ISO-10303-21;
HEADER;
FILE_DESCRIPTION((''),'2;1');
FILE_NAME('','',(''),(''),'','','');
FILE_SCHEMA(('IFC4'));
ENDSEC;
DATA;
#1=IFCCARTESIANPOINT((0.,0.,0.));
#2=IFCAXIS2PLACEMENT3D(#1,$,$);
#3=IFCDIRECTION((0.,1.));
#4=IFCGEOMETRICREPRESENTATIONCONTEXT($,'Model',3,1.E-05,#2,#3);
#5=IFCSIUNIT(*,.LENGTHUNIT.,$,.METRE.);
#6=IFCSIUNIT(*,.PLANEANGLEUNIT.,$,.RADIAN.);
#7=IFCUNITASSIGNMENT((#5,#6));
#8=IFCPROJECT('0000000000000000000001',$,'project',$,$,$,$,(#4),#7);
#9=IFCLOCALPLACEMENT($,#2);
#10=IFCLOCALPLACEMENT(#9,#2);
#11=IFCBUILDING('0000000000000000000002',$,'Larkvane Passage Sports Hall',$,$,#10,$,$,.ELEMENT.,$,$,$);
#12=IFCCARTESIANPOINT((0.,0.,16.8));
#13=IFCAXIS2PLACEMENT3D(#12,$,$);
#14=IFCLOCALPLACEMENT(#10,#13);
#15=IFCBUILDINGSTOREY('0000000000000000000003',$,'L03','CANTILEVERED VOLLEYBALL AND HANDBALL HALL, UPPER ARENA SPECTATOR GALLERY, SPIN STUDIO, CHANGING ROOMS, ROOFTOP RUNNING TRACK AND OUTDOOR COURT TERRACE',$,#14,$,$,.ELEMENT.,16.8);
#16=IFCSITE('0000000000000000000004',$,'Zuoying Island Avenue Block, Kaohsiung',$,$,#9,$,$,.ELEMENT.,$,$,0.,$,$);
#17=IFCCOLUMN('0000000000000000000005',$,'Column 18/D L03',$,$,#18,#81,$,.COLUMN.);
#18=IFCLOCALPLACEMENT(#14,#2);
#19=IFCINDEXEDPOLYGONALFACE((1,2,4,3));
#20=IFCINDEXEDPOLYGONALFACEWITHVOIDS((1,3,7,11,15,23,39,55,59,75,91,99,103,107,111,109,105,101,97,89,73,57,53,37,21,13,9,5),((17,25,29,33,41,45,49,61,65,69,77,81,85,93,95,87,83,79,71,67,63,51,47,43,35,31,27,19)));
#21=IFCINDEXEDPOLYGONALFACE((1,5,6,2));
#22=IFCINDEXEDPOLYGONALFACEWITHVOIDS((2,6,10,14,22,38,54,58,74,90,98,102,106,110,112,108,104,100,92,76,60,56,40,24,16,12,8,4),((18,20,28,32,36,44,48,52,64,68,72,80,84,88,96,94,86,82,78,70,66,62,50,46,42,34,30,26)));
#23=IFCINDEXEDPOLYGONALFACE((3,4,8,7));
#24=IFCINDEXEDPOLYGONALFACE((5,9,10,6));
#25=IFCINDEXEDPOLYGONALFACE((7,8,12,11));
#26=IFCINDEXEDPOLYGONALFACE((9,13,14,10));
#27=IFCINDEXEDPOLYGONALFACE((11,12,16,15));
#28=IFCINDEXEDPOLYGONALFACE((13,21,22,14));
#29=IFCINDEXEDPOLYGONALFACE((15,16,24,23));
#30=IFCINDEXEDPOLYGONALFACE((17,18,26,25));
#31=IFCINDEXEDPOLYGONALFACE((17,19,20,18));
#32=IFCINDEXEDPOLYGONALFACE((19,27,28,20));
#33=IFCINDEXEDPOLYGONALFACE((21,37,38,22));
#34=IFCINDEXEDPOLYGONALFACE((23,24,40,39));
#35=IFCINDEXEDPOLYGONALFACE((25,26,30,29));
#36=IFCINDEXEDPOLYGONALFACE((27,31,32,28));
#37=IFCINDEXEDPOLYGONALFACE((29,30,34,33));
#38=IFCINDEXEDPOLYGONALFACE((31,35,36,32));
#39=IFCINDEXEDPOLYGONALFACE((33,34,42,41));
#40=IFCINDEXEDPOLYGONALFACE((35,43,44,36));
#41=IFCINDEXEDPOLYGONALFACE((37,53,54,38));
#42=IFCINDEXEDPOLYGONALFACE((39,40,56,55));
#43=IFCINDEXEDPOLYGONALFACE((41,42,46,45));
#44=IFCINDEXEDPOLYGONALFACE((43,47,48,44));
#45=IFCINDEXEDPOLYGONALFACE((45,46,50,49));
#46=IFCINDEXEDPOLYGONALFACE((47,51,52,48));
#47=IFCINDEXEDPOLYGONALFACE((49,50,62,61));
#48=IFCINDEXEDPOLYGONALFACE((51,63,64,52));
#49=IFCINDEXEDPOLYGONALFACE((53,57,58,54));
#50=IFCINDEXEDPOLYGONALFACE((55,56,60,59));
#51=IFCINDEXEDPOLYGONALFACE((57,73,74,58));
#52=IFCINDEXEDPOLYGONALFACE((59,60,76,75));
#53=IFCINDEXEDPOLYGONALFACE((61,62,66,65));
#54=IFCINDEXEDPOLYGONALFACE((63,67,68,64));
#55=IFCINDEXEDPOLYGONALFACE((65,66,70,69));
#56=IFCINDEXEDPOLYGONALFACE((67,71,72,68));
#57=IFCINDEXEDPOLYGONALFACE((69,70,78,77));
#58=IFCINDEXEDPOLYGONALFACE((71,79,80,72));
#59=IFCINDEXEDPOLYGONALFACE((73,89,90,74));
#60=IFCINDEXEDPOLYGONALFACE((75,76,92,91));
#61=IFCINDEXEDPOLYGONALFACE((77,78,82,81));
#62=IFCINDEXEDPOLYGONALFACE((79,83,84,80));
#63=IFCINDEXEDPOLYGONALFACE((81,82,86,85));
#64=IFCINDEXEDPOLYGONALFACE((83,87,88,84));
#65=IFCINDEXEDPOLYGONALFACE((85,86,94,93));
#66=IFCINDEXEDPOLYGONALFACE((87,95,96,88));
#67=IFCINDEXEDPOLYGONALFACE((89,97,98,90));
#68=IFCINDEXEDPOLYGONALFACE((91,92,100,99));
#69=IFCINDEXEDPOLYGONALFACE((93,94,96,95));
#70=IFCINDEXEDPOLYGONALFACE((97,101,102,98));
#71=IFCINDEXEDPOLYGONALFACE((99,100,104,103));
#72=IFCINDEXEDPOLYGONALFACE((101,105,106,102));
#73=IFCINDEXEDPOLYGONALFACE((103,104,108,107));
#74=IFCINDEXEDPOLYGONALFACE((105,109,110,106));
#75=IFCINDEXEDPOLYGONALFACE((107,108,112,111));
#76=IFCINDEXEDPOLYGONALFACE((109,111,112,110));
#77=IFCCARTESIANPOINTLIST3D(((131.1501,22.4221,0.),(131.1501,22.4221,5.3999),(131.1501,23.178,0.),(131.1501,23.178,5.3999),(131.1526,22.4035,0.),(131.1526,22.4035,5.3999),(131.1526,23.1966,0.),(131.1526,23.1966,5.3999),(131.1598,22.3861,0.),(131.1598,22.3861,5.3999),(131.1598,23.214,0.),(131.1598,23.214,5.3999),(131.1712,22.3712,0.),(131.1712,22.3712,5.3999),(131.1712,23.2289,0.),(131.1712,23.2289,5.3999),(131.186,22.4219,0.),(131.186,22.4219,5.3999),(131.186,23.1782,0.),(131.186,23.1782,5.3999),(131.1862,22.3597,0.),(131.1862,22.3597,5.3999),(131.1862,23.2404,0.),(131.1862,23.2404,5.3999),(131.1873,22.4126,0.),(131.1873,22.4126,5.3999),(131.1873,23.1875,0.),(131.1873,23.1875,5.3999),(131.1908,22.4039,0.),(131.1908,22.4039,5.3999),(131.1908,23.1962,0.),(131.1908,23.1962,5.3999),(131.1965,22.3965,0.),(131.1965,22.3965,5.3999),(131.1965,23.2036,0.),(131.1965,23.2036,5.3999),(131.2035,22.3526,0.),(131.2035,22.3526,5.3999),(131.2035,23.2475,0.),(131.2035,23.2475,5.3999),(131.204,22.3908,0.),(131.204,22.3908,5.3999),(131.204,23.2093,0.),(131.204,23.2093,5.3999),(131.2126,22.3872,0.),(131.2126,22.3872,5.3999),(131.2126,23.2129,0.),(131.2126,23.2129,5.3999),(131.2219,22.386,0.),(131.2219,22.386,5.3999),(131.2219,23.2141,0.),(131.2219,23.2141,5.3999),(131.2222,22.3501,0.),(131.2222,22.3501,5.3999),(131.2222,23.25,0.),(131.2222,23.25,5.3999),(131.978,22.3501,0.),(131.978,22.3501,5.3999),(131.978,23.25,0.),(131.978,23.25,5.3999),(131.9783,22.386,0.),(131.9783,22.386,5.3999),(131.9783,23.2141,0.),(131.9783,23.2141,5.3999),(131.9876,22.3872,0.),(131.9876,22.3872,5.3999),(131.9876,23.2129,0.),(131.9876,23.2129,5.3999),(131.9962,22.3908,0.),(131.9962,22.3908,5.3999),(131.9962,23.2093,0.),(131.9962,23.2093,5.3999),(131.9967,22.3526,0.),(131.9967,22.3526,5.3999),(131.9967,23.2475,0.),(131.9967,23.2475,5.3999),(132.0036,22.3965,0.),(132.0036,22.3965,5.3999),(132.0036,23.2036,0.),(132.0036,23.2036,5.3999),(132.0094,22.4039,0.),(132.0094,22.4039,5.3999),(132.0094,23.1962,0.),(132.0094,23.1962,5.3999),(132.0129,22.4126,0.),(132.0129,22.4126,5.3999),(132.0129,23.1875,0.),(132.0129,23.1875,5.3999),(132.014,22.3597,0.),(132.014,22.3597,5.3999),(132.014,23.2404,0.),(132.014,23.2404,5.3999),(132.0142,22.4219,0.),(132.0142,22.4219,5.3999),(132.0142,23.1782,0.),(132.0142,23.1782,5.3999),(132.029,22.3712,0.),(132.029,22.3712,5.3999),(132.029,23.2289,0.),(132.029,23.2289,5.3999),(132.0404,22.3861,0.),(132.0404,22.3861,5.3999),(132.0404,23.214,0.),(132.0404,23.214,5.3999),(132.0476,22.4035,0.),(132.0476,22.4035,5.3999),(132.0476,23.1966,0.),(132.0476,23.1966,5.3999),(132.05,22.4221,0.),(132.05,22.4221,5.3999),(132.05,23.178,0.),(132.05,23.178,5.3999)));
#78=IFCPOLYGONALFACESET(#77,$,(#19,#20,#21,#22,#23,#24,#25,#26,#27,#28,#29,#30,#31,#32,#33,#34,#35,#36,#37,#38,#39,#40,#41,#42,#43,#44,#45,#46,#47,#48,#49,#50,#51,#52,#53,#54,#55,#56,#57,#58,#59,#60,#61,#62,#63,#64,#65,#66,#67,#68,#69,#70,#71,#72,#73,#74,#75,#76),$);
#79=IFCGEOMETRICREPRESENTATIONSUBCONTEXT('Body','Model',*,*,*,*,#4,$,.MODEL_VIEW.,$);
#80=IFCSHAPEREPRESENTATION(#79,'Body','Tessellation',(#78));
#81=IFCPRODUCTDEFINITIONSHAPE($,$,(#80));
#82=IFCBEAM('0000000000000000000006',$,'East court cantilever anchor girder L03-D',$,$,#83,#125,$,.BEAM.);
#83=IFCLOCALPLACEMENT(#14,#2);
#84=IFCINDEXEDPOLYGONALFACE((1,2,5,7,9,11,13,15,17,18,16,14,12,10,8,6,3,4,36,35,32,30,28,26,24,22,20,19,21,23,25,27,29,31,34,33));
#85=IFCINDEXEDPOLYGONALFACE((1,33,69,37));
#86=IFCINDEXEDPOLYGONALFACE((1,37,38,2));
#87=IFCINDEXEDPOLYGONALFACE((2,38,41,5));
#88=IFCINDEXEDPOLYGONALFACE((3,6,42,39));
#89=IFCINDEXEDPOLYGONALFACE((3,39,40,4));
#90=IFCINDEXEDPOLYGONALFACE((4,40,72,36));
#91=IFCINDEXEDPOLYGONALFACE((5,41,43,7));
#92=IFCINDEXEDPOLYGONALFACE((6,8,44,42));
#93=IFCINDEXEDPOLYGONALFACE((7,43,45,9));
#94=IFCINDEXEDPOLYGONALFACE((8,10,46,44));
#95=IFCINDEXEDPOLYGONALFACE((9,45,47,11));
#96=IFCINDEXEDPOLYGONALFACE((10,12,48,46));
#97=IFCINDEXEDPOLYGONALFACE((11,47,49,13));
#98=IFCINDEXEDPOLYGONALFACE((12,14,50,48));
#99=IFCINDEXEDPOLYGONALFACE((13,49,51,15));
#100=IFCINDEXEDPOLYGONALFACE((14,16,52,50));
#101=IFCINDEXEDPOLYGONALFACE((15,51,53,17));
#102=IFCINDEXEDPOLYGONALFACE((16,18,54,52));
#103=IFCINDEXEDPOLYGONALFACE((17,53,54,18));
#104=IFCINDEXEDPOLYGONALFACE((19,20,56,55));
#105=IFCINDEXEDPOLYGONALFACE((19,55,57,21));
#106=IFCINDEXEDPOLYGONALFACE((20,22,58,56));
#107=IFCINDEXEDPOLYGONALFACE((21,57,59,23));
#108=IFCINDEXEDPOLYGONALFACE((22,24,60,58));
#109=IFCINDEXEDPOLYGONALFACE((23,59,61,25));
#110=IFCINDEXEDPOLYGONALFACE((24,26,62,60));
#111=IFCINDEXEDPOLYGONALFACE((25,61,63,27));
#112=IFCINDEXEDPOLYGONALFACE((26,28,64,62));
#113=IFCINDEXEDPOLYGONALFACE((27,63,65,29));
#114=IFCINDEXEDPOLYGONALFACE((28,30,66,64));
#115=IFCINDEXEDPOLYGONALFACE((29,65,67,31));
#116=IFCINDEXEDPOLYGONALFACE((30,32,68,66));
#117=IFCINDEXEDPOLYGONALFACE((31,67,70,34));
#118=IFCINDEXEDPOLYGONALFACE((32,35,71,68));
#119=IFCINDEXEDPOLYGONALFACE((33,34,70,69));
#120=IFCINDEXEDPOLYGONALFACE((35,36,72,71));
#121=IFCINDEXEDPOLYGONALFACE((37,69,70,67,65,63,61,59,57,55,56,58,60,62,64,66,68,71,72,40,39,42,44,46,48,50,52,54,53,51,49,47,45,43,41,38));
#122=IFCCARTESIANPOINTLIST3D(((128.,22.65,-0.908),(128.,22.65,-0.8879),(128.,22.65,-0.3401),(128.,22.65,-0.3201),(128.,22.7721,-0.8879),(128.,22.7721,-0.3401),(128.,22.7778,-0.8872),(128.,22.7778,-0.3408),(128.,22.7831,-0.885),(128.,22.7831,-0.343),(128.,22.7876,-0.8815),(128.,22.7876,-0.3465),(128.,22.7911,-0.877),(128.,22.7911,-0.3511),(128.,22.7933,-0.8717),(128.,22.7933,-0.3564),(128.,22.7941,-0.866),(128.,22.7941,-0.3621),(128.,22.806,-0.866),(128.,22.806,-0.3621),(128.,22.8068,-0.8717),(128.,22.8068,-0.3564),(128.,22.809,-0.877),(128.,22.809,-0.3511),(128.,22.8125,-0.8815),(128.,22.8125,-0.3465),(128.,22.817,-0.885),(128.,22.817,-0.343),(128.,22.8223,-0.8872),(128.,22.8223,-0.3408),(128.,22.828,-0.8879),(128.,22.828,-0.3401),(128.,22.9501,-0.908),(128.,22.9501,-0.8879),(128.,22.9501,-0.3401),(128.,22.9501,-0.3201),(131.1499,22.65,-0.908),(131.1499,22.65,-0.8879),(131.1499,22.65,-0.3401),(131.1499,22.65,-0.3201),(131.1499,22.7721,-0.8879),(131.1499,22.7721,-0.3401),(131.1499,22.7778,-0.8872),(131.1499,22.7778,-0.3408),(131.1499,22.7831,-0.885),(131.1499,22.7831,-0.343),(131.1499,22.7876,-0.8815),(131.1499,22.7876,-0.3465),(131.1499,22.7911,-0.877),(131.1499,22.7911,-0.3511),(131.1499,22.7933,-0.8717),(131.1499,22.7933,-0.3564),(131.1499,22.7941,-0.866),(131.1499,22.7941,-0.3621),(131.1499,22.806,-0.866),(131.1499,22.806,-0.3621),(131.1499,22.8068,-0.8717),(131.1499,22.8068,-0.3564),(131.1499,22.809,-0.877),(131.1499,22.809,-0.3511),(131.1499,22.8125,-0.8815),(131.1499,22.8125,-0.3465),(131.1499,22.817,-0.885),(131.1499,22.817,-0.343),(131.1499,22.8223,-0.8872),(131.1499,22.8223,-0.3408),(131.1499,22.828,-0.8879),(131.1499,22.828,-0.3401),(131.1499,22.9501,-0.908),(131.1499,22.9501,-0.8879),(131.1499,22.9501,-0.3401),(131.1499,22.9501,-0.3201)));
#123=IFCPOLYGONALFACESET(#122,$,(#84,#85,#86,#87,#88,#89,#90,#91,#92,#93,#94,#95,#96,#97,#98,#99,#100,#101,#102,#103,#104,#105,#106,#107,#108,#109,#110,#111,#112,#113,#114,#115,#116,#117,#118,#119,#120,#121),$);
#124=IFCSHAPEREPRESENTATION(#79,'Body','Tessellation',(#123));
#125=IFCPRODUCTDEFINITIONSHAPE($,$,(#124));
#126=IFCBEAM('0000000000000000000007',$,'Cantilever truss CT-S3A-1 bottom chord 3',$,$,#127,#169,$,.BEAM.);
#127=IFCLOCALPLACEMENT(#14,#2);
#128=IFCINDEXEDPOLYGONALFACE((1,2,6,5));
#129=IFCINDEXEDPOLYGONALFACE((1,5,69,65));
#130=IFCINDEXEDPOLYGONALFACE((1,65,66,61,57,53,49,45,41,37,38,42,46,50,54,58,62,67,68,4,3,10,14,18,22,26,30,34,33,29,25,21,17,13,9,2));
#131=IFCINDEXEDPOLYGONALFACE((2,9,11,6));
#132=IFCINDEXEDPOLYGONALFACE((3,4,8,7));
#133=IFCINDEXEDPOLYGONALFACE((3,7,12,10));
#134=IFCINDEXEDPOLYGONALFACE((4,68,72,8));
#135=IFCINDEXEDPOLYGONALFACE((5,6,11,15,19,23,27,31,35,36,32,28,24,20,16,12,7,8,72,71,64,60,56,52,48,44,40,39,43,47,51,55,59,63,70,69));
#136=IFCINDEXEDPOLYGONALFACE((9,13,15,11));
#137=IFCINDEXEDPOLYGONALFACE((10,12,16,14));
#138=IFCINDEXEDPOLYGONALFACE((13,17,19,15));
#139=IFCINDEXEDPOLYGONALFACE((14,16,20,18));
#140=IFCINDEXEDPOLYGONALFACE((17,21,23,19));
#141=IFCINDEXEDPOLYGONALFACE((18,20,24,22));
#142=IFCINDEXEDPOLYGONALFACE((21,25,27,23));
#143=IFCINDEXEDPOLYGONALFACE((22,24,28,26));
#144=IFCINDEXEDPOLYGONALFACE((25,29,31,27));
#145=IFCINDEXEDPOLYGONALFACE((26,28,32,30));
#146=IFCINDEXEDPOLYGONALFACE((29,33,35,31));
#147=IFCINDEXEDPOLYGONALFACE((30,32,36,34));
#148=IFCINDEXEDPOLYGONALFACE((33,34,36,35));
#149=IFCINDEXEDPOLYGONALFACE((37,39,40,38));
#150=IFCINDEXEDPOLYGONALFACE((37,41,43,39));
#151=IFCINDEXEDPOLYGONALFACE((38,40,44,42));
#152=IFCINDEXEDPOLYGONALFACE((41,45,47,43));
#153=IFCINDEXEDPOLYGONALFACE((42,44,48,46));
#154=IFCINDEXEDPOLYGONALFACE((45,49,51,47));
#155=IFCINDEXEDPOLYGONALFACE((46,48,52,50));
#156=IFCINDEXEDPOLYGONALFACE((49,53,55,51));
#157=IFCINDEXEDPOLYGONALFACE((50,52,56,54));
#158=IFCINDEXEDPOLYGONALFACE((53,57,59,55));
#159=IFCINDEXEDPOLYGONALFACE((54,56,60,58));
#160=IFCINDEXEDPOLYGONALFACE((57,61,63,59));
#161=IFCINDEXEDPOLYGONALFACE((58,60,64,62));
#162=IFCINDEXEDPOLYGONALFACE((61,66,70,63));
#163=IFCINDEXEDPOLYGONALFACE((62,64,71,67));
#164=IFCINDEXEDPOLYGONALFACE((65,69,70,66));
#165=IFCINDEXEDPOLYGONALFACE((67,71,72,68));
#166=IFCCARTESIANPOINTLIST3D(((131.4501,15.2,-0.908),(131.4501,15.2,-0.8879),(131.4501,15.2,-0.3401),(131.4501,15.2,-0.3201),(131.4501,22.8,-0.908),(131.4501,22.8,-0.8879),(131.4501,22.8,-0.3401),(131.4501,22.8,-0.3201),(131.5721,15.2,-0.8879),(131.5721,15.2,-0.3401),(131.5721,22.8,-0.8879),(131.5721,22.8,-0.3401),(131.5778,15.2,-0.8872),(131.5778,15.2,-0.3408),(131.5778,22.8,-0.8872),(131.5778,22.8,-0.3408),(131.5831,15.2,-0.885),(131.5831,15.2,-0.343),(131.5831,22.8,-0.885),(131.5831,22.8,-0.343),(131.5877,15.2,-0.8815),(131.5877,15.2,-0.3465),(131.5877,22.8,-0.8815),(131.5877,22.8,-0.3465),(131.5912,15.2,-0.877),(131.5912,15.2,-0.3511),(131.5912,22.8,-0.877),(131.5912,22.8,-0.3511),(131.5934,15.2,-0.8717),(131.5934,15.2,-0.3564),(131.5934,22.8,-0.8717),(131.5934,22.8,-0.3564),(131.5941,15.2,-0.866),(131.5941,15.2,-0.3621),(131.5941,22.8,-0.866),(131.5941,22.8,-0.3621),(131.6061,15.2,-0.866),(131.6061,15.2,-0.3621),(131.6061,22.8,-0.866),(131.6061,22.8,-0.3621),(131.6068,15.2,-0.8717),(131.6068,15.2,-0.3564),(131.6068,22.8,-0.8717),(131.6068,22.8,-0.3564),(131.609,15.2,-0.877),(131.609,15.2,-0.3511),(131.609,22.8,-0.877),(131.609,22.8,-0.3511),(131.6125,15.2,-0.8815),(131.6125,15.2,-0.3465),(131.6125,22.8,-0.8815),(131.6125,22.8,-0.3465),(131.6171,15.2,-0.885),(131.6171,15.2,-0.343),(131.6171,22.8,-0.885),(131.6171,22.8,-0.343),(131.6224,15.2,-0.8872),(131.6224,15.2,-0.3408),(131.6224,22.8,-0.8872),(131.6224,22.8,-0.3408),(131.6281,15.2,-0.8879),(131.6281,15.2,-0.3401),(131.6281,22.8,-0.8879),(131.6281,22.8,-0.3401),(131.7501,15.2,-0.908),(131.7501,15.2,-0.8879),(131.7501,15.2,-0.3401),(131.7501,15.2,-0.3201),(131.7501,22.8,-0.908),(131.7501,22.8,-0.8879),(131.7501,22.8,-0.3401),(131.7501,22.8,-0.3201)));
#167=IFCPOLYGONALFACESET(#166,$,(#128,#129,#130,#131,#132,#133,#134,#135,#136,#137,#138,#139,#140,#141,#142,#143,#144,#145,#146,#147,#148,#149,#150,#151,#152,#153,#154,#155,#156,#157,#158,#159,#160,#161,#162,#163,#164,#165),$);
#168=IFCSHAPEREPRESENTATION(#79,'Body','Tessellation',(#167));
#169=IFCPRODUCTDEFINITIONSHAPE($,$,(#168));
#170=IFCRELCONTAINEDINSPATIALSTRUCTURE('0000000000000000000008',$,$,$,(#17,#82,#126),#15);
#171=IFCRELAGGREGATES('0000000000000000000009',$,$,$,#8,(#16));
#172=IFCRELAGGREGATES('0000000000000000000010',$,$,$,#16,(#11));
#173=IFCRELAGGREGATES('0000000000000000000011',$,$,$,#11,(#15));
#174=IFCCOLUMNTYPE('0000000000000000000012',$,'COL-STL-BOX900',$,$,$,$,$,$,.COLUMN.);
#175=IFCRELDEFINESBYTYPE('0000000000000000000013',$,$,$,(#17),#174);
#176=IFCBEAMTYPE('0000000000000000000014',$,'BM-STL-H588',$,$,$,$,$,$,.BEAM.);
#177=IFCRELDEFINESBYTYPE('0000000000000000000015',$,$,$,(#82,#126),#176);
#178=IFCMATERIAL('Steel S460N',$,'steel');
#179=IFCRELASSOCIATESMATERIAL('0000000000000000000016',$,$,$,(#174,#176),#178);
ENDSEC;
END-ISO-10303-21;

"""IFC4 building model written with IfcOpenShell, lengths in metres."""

from ifc_helpers import new_model, si_unit, direction, frame, origin, origin_2d, place, context, subcontext, project, spatial, hollow_rectangle, i_section, extrude, material, material_profile, profile_set, type_object, element, save


model = new_model("IFC4")

# Units and contexts
model_context = context("Model", 3, precision=1e-05, world=origin(), true_north=direction((0.0, 1.0)))
body_context = subcontext(model_context, "Body", "Model", "MODEL_VIEW")
ifc_project = project(units=[si_unit("LENGTHUNIT", "METRE"), si_unit("PLANEANGLEUNIT", "RADIAN")], contexts=[model_context])

# Site, building, storey
site_placement = place(None, origin())
site = spatial("IfcSite", under=ifc_project, at=site_placement, Name="Zuoying Island Avenue Block, Kaohsiung", CompositionType="ELEMENT", RefElevation=0.0)
building_placement = place(site_placement, origin())
building = spatial("IfcBuilding", under=site, at=building_placement, Name="Larkvane Passage Sports Hall", CompositionType="ELEMENT")
storey_placement = place(building_placement, frame((0.0, 0.0, 16.8)))
storey = spatial("IfcBuildingStorey", under=building, at=storey_placement, Name="L03", Description="CANTILEVERED VOLLEYBALL AND HANDBALL HALL, UPPER ARENA SPECTATOR GALLERY, SPIN STUDIO, CHANGING ROOMS, ROOFTOP RUNNING TRACK AND OUTDOOR COURT TERRACE", CompositionType="ELEMENT", Elevation=16.8)

# Column
ifc_material_1 = material(Name="Steel S460N", Category="steel")
ifc_material_profile_1 = material_profile(ifc_material_1, hollow_rectangle(XDim=0.8999, YDim=0.8999, WallThickness=0.0359, InnerFilletRadius=0.0359, OuterFilletRadius=0.072, at=origin_2d()), Name="BOX-900x900x36")
ifc_profile_set_1 = profile_set([ifc_material_profile_1], Name="Steel S460N")
column_type = type_object("IfcColumnType", Name="COL-STL-BOX900", PredefinedType="COLUMN", material=ifc_profile_set_1)
column_placement = place(storey_placement, frame((131.6001, 22.8, 0.0), z_axis=(0.0, 0.0, 1.0), x_axis=(1.0, 0.0, 0.0)))
element("IfcColumn", 1, at=column_placement, inside=storey, type_object=column_type, Name="Column 18/D L03", PredefinedType="COLUMN", context=body_context, shape_type="SweptSolid", body=[
    extrude(hollow_rectangle(XDim=0.8999, YDim=0.8999, WallThickness=0.0359, InnerFilletRadius=0.0359, OuterFilletRadius=0.072, at=origin_2d()), origin(), (0.0, 0.0, 1.0), 5.3999),
])

# Beams
ifc_material_profile_2 = material_profile(ifc_material_1, i_section(OverallWidth=0.3, OverallDepth=0.5879, WebThickness=0.012, FlangeThickness=0.02, FilletRadius=0.022, at=origin_2d()), Name="H-588x300x12x20")
ifc_profile_set_2 = profile_set([ifc_material_profile_2], Name="Steel S460N")
beam_type = type_object("IfcBeamType", Name="BM-STL-H588", PredefinedType="BEAM", material=ifc_profile_set_2)
beam_placement = place(storey_placement, frame((128.0, 22.8, -0.614), z_axis=(1.0, 0.0, 0.0), x_axis=(0.0, 1.0, 0.0)))
element("IfcBeam", 2, at=beam_placement, inside=storey, type_object=beam_type, Name="East court cantilever anchor girder L03-D", PredefinedType="BEAM", context=body_context, shape_type="SweptSolid", body=[
    extrude(i_section(OverallWidth=0.3, OverallDepth=0.5879, WebThickness=0.012, FlangeThickness=0.02, FilletRadius=0.022, at=origin_2d()), origin(), (0.0, 0.0, 1.0), 3.1499),
])
for number, where, z_axis, x_axis, name in (
    (3, (131.6001, 15.2, -0.614), (0.0, 1.0, 0.0), (-1.0, 0.0, 0.0), "Cantilever truss CT-S3A-1 bottom chord 3"),
):
    element("IfcBeam", number, at=place(storey_placement, frame(where, z_axis=z_axis, x_axis=x_axis)), inside=storey, type_object=beam_type, Name=name, PredefinedType="BEAM", context=body_context, shape_type="SweptSolid", body=[
        extrude(i_section(OverallWidth=0.3, OverallDepth=0.5879, WebThickness=0.012, FlangeThickness=0.02, FilletRadius=0.022, at=origin_2d()), origin(), (0.0, 0.0, 1.0), 7.6001),
    ])

save(model, "model.ifc")
